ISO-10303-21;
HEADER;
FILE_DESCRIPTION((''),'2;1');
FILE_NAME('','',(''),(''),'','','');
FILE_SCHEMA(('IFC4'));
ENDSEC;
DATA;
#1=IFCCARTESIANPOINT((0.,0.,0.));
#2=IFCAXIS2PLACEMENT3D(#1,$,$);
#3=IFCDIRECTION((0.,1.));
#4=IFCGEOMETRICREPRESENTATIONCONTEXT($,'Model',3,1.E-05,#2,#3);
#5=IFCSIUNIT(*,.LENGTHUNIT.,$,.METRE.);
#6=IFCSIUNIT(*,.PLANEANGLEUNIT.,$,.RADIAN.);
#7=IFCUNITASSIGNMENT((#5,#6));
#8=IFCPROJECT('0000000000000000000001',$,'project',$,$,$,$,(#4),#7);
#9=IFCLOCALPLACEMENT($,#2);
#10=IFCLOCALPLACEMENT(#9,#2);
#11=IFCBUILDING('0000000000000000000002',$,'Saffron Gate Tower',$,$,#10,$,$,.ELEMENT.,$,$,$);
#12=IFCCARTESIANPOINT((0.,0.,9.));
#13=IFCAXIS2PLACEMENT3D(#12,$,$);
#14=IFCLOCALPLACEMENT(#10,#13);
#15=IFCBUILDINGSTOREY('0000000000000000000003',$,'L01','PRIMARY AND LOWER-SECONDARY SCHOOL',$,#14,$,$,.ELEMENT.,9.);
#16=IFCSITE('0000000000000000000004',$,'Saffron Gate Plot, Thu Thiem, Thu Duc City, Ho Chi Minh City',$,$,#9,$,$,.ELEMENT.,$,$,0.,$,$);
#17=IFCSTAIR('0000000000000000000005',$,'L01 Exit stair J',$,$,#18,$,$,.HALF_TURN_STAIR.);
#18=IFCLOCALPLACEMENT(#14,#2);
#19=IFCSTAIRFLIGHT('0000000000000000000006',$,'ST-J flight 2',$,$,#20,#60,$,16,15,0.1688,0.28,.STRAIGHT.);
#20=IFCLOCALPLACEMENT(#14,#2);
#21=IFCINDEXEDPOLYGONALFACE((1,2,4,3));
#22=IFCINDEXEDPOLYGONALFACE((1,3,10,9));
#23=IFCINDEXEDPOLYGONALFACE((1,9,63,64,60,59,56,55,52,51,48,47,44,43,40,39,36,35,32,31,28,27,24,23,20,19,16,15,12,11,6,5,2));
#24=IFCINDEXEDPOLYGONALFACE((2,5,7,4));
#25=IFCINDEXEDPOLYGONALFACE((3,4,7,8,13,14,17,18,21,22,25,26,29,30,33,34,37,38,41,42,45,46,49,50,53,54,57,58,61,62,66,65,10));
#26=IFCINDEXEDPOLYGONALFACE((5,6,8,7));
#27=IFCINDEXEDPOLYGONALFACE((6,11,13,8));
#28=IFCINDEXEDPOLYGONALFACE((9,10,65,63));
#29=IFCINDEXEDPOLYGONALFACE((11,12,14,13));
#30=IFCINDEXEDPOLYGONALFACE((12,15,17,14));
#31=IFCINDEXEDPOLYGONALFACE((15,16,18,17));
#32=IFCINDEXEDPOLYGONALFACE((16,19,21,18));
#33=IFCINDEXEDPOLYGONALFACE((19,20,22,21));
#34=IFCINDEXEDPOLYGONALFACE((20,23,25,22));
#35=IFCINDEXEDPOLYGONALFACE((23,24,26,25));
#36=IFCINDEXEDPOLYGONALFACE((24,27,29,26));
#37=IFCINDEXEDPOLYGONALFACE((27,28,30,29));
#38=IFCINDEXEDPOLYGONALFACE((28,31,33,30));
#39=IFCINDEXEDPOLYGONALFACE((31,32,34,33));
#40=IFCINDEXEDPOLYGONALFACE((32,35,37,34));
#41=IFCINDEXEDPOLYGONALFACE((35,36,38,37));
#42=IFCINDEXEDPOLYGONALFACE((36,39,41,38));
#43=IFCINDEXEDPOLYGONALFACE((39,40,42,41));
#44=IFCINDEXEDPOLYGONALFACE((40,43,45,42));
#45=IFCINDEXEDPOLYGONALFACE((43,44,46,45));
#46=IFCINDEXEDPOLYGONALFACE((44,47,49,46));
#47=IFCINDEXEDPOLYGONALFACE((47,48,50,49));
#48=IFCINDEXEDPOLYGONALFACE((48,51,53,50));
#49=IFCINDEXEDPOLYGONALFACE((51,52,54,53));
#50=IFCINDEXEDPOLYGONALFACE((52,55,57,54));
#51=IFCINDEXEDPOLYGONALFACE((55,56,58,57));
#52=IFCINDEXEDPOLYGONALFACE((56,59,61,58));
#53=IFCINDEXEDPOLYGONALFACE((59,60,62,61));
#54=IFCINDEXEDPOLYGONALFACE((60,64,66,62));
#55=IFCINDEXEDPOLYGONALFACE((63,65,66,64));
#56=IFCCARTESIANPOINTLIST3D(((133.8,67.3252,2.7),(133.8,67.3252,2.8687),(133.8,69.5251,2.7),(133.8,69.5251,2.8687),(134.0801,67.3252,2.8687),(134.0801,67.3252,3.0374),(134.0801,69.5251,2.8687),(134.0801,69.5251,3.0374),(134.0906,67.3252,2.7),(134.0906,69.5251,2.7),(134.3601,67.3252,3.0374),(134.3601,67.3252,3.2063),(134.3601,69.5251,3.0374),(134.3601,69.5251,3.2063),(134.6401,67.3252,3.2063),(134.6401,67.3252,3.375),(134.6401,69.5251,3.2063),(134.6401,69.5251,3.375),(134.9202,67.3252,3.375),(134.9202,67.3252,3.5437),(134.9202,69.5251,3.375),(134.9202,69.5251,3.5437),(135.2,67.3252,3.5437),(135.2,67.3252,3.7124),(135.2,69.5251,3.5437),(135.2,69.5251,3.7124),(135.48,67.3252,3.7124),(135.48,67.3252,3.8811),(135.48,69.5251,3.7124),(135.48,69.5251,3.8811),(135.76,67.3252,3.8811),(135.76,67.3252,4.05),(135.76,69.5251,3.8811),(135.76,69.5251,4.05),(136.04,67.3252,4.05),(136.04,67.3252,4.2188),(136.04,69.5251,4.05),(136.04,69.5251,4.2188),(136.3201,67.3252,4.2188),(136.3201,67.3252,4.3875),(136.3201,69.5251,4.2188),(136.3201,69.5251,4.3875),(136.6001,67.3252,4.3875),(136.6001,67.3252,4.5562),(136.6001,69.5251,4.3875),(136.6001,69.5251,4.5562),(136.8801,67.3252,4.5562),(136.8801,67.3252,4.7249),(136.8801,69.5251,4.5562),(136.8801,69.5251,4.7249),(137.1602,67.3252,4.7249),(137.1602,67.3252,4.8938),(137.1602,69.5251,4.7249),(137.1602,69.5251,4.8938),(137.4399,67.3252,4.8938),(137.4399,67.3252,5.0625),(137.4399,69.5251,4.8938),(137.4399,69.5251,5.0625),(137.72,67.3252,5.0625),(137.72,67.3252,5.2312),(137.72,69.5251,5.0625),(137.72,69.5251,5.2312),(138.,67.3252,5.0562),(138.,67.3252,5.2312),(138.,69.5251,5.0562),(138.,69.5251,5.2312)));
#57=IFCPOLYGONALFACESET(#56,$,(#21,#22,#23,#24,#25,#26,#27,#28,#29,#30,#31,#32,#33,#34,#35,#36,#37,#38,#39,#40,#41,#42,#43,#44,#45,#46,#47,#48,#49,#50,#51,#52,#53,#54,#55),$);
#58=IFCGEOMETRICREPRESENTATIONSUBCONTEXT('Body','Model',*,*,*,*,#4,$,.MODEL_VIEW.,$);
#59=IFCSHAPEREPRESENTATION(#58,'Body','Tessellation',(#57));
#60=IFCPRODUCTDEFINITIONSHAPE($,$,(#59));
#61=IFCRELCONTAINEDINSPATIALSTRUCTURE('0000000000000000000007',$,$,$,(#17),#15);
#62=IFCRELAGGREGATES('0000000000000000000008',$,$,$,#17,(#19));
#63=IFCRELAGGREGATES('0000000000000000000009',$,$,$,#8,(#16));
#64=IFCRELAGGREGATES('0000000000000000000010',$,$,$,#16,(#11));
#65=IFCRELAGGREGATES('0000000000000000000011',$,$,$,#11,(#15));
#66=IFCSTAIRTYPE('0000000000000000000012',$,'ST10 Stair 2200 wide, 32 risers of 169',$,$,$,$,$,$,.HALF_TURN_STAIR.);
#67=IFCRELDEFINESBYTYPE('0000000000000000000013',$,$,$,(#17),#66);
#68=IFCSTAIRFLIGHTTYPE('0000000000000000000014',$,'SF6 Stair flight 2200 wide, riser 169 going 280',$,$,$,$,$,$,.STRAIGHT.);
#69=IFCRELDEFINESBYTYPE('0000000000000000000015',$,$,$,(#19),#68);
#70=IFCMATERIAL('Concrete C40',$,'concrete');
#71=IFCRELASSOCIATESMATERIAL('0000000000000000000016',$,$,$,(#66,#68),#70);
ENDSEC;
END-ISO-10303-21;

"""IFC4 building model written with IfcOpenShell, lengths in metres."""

from ifc_helpers import new_model, si_unit, direction, frame, origin, place, context, subcontext, project, spatial, polyline, outline, extrude, material, type_object, element, aggregate, save


model = new_model("IFC4")

# Units and contexts
model_context = context("Model", 3, precision=1e-05, world=origin(), true_north=direction((0.0, 1.0)))
body_context = subcontext(model_context, "Body", "Model", "MODEL_VIEW")
ifc_project = project(units=[si_unit("LENGTHUNIT", "METRE"), si_unit("PLANEANGLEUNIT", "RADIAN")], contexts=[model_context])

# Site, building, storey
site_placement = place(None, origin())
site = spatial("IfcSite", under=ifc_project, at=site_placement, Name="Saffron Gate Plot, Thu Thiem, Thu Duc City, Ho Chi Minh City", CompositionType="ELEMENT", RefElevation=0.0)
building_placement = place(site_placement, origin())
building = spatial("IfcBuilding", under=site, at=building_placement, Name="Saffron Gate Tower", CompositionType="ELEMENT")
storey_placement = place(building_placement, frame((0.0, 0.0, 9.0)))
storey = spatial("IfcBuildingStorey", under=building, at=storey_placement, Name="L01", Description="PRIMARY AND LOWER-SECONDARY SCHOOL", CompositionType="ELEMENT", Elevation=9.0)

# Stair, stair flight
ifc_material_1 = material(Name="Concrete C40", Category="concrete")
stair_type = type_object("IfcStairType", Name="ST10 Stair 2200 wide, 32 risers of 169", PredefinedType="HALF_TURN_STAIR", material=ifc_material_1)
stair_placement = place(storey_placement, origin())
stair = element("IfcStair", 1, at=stair_placement, inside=storey, type_object=stair_type, Name="L01 Exit stair J", PredefinedType="HALF_TURN_STAIR")
stair_flight_type = type_object("IfcStairFlightType", Name="SF6 Stair flight 2200 wide, riser 169 going 280", PredefinedType="STRAIGHT", material=ifc_material_1)
stair_flight_1_placement = place(storey_placement, frame((133.8, 68.425, 2.7), z_axis=(0.0, 0.0, 1.0), x_axis=(1.0, 0.0, 0.0)))
stair_flight_1 = element("IfcStairFlight", 2, at=stair_flight_1_placement, type_object=stair_flight_type, Name="ST-J flight 2", NumberOfRisers=16, NumberOfTreads=15, PredefinedType="STRAIGHT", RiserHeight=0.1688, TreadLength=0.28, context=body_context, shape_type="SweptSolid", body=[
    extrude(outline(polyline([(0.0, 0.0), (0.0, 0.1687), (0.28, 0.1687), (0.28, 0.3374), (0.5601, 0.3374), (0.5601, 0.5063), (0.8401, 0.5063), (0.8401, 0.675), (1.1201, 0.675), (1.1201, 0.8438), (1.3999, 0.8438), (1.3999, 1.0125), (1.6799, 1.0125), (1.6799, 1.1812), (1.96, 1.1812), (1.96, 1.3501), (2.24, 1.3501), (2.24, 1.5188), (2.52, 1.5188), (2.52, 1.6875), (2.8, 1.6875), (2.8, 1.8562), (3.0801, 1.8562), (3.0801, 2.0249), (3.3601, 2.0249), (3.3601, 2.1938), (3.6399, 2.1938), (3.6399, 2.3625), (3.9199, 2.3625), (3.9199, 2.5312), (4.2, 2.5312), (4.2, 2.7), (4.2, 2.3562), (0.2905, 0.0), (0.0, 0.0)])), frame((0.0, 1.1001, 0.0), z_axis=(0.0, -1.0, 0.0), x_axis=(1.0, 0.0, 0.0)), (0.0, 0.0, 1.0), 2.2),
])
aggregate(stair, [stair_flight_1])

save(model, "model.ifc")
